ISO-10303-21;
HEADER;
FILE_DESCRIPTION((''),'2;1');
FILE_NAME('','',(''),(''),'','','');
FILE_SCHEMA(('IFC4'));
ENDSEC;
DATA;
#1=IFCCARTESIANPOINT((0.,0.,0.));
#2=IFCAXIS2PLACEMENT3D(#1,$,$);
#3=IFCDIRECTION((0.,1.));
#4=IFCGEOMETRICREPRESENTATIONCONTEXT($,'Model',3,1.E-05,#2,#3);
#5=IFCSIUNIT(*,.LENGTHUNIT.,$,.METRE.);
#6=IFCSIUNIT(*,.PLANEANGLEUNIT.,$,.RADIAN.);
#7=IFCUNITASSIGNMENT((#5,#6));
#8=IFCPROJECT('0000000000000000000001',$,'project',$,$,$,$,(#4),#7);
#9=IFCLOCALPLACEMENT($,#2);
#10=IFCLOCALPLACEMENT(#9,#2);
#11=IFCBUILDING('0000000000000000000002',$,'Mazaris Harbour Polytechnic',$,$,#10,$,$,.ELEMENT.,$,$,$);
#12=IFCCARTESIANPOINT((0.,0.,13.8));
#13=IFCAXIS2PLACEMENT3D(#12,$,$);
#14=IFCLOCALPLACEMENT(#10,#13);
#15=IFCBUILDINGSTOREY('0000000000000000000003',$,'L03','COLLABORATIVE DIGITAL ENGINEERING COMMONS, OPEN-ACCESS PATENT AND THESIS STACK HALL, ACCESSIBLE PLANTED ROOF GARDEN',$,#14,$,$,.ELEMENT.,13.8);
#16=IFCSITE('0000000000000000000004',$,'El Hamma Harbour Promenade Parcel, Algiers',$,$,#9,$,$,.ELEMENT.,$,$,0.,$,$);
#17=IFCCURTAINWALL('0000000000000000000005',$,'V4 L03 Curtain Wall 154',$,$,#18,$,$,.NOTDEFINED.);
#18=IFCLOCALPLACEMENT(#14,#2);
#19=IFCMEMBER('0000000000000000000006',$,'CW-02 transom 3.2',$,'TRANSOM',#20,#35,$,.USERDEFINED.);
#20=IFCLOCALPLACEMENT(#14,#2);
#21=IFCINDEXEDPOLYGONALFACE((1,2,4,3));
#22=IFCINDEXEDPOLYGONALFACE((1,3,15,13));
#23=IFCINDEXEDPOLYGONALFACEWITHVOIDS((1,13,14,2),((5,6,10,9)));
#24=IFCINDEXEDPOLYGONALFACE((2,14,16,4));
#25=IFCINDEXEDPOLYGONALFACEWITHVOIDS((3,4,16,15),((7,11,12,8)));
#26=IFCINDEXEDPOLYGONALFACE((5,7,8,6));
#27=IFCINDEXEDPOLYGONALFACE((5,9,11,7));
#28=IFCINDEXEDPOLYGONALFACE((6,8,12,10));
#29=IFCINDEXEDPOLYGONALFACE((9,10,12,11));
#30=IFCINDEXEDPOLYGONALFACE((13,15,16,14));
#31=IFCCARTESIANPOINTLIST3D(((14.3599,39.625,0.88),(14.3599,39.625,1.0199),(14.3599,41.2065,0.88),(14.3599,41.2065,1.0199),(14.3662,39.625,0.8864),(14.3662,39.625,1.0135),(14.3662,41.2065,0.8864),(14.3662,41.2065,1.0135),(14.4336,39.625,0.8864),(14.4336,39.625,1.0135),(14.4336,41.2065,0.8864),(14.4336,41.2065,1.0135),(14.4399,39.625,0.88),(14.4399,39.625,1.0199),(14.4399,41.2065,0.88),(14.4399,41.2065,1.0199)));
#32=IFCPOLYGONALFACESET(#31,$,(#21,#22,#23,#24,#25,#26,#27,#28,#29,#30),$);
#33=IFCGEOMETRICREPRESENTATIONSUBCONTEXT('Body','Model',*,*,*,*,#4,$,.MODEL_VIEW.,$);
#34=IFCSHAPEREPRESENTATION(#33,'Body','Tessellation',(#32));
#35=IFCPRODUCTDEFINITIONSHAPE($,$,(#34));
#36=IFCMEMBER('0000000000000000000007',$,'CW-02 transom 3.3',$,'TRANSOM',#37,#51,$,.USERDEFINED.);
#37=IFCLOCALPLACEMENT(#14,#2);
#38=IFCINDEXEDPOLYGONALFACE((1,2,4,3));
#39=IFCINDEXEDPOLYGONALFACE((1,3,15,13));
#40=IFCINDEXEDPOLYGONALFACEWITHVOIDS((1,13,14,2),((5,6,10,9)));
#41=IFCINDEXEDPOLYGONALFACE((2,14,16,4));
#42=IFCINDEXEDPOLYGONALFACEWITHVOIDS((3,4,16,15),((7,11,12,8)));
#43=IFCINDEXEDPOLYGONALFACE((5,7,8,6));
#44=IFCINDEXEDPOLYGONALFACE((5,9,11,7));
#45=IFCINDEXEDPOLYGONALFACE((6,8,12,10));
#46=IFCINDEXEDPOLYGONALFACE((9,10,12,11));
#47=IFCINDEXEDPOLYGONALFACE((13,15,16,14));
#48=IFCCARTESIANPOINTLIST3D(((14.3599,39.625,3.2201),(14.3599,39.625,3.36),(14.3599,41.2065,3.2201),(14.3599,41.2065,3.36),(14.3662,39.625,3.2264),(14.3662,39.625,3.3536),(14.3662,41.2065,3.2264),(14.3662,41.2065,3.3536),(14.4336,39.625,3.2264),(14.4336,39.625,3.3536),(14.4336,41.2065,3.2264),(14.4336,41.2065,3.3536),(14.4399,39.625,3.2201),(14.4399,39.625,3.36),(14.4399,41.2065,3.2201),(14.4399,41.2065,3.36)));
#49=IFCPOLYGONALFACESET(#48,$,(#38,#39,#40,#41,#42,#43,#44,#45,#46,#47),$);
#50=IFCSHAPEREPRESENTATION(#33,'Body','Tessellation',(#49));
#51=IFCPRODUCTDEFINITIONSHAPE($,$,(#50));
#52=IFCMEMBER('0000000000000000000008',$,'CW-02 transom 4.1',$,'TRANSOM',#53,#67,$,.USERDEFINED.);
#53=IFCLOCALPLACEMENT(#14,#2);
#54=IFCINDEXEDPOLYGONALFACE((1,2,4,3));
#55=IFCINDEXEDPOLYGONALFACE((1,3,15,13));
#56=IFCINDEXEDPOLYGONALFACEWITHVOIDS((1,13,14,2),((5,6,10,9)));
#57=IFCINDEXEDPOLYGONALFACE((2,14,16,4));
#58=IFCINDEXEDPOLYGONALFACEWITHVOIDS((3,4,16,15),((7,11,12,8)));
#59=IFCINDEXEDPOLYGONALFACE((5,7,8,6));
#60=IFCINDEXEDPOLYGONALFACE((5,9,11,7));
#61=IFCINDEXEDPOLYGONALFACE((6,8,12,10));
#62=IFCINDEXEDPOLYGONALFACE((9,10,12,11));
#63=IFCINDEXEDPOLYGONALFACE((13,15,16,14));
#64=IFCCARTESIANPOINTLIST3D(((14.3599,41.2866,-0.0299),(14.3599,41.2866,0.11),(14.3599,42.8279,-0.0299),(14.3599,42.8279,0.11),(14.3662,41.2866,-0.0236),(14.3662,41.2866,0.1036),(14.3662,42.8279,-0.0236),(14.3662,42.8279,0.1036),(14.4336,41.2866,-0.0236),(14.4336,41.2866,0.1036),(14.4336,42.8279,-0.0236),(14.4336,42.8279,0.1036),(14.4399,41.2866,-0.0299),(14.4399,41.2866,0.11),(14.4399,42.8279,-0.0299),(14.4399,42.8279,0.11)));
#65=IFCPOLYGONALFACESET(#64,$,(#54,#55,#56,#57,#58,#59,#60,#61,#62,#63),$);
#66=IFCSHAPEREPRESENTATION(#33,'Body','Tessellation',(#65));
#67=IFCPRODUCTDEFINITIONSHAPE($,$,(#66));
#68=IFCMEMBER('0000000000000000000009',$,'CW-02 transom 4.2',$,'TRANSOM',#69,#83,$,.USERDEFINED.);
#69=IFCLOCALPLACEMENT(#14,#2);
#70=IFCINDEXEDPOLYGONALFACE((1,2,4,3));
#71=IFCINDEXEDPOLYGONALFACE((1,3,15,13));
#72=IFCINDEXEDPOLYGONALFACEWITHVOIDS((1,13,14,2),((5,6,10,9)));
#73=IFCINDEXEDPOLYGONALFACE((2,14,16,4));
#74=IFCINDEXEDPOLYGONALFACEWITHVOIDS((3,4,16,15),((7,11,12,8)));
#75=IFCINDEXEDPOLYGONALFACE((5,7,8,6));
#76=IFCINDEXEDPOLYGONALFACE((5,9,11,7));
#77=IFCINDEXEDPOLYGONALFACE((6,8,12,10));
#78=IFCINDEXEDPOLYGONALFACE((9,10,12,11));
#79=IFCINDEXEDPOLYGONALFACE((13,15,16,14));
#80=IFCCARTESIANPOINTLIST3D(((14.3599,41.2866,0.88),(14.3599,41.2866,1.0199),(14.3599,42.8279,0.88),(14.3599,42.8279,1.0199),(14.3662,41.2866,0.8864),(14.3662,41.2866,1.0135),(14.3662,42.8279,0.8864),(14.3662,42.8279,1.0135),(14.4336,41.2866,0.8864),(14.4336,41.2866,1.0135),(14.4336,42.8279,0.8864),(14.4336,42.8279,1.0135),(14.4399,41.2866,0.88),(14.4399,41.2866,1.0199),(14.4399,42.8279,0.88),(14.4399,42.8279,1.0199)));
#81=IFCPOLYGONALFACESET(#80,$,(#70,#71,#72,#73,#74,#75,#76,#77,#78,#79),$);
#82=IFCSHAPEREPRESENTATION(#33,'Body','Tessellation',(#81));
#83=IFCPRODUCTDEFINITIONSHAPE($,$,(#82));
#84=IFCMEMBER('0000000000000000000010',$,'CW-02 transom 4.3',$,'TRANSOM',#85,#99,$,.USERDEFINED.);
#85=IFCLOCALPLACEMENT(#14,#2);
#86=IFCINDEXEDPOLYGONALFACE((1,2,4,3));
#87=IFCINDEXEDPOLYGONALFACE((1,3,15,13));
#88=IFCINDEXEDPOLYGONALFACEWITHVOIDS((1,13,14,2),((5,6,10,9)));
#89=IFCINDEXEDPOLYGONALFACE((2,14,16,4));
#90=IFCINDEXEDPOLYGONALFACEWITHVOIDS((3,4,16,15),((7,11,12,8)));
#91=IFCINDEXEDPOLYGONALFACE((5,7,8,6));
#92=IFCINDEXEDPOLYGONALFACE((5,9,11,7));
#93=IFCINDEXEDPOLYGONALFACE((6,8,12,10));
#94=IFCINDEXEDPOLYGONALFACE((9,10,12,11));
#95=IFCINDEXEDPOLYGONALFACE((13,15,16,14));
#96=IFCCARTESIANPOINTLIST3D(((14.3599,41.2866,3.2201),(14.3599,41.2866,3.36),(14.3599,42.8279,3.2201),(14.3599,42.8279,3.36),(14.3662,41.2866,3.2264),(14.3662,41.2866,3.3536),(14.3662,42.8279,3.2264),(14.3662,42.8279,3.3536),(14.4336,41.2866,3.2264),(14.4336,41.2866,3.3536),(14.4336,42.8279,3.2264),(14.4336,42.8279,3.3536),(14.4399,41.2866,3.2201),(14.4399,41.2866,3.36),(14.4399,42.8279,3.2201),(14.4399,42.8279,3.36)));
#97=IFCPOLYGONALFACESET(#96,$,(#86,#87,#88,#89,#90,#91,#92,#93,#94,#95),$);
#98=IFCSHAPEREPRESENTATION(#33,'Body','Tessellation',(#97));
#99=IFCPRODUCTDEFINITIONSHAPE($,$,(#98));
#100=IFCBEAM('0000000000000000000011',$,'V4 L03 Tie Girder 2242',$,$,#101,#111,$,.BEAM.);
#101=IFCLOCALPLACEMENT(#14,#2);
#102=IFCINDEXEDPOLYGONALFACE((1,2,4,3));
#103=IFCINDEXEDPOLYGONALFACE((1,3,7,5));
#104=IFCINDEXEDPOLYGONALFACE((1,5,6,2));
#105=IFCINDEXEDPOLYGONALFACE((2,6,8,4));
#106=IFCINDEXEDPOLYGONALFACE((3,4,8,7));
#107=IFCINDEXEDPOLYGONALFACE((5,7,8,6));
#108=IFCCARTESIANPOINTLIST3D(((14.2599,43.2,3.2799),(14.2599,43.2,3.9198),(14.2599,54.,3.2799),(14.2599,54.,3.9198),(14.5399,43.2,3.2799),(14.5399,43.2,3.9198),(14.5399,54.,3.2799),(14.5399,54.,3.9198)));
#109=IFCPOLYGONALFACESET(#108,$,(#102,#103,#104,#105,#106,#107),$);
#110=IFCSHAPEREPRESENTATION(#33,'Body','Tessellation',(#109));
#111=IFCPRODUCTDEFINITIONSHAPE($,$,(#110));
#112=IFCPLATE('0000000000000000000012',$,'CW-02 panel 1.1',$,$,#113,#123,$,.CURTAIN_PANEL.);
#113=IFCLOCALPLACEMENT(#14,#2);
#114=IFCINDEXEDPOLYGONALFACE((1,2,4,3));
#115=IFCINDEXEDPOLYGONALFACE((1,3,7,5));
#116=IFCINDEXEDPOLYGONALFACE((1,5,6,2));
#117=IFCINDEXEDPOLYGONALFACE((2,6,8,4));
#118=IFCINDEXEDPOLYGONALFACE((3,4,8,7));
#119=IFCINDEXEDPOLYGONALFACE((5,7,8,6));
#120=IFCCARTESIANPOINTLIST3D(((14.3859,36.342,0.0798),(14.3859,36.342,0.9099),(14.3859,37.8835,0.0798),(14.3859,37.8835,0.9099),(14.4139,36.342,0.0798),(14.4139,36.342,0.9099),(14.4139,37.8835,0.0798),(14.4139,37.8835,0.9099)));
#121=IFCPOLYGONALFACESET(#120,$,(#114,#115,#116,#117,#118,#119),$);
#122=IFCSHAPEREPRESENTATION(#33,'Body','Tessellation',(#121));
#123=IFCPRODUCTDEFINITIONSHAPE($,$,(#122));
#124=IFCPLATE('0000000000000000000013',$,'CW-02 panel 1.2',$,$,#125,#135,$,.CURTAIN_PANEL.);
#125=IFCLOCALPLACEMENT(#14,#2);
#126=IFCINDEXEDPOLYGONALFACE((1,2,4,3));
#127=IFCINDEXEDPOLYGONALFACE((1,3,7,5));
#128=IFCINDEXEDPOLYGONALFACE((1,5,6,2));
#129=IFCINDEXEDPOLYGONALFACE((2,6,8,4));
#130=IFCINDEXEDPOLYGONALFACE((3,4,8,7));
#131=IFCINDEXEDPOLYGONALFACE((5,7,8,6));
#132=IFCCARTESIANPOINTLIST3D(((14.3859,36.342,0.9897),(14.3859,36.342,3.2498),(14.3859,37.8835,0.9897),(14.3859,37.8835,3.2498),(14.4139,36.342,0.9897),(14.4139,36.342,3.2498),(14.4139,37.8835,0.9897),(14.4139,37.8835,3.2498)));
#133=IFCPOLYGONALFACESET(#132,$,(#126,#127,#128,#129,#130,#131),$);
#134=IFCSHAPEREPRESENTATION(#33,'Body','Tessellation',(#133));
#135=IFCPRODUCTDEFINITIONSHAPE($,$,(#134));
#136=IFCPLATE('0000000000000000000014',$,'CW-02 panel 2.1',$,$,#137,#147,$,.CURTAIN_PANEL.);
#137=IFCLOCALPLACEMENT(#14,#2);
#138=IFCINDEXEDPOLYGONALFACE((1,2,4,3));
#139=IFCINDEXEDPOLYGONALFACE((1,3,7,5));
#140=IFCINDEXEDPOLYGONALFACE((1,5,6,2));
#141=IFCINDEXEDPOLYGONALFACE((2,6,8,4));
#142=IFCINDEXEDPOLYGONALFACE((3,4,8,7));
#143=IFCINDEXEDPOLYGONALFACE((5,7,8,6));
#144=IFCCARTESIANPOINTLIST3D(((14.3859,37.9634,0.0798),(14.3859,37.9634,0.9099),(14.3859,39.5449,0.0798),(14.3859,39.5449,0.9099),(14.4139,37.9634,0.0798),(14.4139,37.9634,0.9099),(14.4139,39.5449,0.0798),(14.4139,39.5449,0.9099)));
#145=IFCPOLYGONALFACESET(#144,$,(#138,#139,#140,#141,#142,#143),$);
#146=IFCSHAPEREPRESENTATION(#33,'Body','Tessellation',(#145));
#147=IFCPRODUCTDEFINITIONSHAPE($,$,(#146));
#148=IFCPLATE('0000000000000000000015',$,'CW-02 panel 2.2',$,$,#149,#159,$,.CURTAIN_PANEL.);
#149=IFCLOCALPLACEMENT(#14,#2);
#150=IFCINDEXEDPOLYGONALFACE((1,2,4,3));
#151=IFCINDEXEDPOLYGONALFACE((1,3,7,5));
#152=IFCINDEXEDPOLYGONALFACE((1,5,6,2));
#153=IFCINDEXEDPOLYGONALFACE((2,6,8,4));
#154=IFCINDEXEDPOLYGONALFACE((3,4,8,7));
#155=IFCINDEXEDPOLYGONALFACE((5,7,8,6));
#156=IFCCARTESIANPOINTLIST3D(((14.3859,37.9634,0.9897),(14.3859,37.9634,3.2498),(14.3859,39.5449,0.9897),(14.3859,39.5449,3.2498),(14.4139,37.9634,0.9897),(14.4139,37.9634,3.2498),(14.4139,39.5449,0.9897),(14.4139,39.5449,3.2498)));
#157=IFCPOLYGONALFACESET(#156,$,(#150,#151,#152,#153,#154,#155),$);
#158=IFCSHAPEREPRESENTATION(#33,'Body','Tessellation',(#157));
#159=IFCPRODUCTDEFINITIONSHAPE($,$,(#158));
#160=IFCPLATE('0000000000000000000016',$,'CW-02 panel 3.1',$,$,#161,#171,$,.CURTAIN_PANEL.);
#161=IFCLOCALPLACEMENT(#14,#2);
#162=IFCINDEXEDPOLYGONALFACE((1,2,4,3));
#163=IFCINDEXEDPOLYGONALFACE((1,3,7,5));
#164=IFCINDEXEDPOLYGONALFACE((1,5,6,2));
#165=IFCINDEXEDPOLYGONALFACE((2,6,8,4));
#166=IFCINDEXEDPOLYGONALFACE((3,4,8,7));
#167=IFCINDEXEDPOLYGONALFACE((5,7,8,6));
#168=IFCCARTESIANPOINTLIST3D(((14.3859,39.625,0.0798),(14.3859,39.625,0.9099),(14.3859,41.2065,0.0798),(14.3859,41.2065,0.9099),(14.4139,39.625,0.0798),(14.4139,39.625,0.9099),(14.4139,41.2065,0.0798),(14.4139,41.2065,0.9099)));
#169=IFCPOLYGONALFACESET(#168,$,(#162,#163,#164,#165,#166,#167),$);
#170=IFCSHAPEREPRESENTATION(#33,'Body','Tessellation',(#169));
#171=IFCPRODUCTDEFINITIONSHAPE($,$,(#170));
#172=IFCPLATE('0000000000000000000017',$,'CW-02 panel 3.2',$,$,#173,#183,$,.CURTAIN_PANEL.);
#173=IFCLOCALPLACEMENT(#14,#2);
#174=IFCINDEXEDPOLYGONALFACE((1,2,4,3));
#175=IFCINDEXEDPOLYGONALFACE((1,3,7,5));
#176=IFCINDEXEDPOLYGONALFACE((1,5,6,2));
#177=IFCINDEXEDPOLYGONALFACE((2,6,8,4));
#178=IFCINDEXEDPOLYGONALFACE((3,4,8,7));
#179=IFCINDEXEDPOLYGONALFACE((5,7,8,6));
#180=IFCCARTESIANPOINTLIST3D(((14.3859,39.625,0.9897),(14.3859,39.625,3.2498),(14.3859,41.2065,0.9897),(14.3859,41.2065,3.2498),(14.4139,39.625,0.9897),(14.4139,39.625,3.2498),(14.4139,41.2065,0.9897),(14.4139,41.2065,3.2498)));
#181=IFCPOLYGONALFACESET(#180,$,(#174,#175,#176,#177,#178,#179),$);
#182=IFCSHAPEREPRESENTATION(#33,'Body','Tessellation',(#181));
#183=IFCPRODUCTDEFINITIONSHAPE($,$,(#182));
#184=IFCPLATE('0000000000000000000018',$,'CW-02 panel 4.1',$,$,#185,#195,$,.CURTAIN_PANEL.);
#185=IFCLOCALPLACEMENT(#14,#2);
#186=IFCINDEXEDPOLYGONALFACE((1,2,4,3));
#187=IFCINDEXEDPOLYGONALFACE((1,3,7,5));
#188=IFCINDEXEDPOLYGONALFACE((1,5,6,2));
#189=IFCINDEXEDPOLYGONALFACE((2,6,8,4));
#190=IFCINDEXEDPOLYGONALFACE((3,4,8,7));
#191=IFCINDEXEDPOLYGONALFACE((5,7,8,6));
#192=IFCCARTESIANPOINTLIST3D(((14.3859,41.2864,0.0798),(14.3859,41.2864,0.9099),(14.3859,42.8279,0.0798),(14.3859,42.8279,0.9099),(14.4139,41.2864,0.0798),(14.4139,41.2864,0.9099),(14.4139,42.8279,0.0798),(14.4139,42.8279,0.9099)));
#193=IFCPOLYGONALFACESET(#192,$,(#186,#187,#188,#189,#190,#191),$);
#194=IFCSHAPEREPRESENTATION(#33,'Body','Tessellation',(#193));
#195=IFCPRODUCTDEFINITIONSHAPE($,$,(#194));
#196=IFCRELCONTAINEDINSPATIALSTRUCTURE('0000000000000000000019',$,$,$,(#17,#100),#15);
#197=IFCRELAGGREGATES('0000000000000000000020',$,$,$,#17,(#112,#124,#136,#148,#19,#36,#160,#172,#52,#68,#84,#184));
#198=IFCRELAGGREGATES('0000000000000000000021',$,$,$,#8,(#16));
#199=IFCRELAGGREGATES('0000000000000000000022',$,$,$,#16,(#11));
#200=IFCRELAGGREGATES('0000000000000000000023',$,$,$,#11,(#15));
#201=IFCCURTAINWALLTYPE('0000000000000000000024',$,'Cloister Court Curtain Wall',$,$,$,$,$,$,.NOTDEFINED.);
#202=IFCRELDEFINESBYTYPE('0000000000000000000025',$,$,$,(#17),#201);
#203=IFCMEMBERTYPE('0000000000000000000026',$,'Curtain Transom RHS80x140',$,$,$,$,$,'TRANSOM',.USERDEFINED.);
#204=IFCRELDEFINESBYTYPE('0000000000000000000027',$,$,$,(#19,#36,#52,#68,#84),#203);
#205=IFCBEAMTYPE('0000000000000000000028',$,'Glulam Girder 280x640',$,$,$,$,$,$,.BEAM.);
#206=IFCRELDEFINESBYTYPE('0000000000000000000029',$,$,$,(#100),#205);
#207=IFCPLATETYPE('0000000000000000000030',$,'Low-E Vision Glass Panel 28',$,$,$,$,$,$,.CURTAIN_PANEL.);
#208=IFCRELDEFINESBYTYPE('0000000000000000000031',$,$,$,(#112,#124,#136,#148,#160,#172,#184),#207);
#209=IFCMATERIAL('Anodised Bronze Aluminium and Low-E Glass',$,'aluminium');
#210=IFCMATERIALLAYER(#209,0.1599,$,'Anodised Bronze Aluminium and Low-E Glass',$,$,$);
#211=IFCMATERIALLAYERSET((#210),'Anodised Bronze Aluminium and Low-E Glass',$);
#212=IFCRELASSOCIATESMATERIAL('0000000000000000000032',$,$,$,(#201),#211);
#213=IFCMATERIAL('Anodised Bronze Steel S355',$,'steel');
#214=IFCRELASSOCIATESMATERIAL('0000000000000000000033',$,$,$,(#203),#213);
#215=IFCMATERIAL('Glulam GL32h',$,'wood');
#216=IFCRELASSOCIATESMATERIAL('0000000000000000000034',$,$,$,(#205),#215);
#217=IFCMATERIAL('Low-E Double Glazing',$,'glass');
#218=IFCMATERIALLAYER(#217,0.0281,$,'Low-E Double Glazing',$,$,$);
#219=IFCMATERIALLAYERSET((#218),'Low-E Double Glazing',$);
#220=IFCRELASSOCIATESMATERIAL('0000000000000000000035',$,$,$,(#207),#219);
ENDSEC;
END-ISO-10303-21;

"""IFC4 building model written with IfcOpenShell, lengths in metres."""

from ifc_helpers import new_model, si_unit, direction, frame, origin, origin_2d, place, context, subcontext, project, spatial, rectangle, hollow_rectangle, extrude, material, layer, layer_set, material_profile, profile_set, type_object, element, aggregate, save


model = new_model("IFC4")

# Units and contexts
model_context = context("Model", 3, precision=1e-05, world=origin(), true_north=direction((0.0, 1.0)))
body_context = subcontext(model_context, "Body", "Model", "MODEL_VIEW")
ifc_project = project(units=[si_unit("LENGTHUNIT", "METRE"), si_unit("PLANEANGLEUNIT", "RADIAN")], contexts=[model_context])

# Site, building, storey
site_placement = place(None, origin())
site = spatial("IfcSite", under=ifc_project, at=site_placement, Name="El Hamma Harbour Promenade Parcel, Algiers", CompositionType="ELEMENT", RefElevation=0.0)
building_placement = place(site_placement, origin())
building = spatial("IfcBuilding", under=site, at=building_placement, Name="Mazaris Harbour Polytechnic", CompositionType="ELEMENT")
storey_placement = place(building_placement, frame((0.0, 0.0, 13.8)))
storey = spatial("IfcBuildingStorey", under=building, at=storey_placement, Name="L03", Description="COLLABORATIVE DIGITAL ENGINEERING COMMONS, OPEN-ACCESS PATENT AND THESIS STACK HALL, ACCESSIBLE PLANTED ROOF GARDEN", CompositionType="ELEMENT", Elevation=13.8)

# Curtain wall, members
ifc_material_1 = material(Name="Anodised Bronze Aluminium and Low-E Glass", Category="aluminium")
ifc_layer_1 = layer(ifc_material_1, 0.1599, Name="Anodised Bronze Aluminium and Low-E Glass")
ifc_layer_set_1 = layer_set([ifc_layer_1], Name="Anodised Bronze Aluminium and Low-E Glass")
curtain_wall_type = type_object("IfcCurtainWallType", Name="Cloister Court Curtain Wall", PredefinedType="NOTDEFINED", material=ifc_layer_set_1)
curtain_wall_placement = place(storey_placement, origin())
curtain_wall = element("IfcCurtainWall", 1, at=curtain_wall_placement, inside=storey, type_object=curtain_wall_type, Name="V4 L03 Curtain Wall 154", PredefinedType="NOTDEFINED")
ifc_material_2 = material(Name="Anodised Bronze Steel S355", Category="steel")
ifc_material_profile_1 = material_profile(ifc_material_2, hollow_rectangle(XDim=0.0801, YDim=0.1399, WallThickness=0.0063, at=origin_2d()), Name="RHS 80x140x6.3")
ifc_profile_set_1 = profile_set([ifc_material_profile_1], Name="Anodised Bronze Steel S355")
member_type_1 = type_object("IfcMemberType", Name="Curtain Transom RHS80x140", ElementType="TRANSOM", PredefinedType="USERDEFINED", material=ifc_profile_set_1)
member_1_placement = place(storey_placement, frame((14.3999, 39.625, 0.95), z_axis=(0.0, 1.0, 0.0), x_axis=(-1.0, 0.0, 0.0)))
member_1 = element("IfcMember", 2, at=member_1_placement, type_object=member_type_1, Name="CW-02 transom 3.2", ObjectType="TRANSOM", PredefinedType="USERDEFINED", context=body_context, shape_type="SweptSolid", body=[
    extrude(hollow_rectangle(XDim=0.0801, YDim=0.1399, WallThickness=0.0063, at=origin_2d()), origin(), (0.0, 0.0, 1.0), 1.5815),
])
member_2_placement = place(storey_placement, frame((14.3999, 39.625, 3.29), z_axis=(0.0, 1.0, 0.0), x_axis=(-1.0, 0.0, 0.0)))
member_2 = element("IfcMember", 3, at=member_2_placement, type_object=member_type_1, Name="CW-02 transom 3.3", ObjectType="TRANSOM", PredefinedType="USERDEFINED", context=body_context, shape_type="SweptSolid", body=[
    extrude(hollow_rectangle(XDim=0.0801, YDim=0.1399, WallThickness=0.0063, at=origin_2d()), origin(), (0.0, 0.0, 1.0), 1.5815),
])
member_3_placement = place(storey_placement, frame((14.3999, 41.2866, 0.04), z_axis=(0.0, 1.0, 0.0), x_axis=(-1.0, 0.0, 0.0)))
member_3 = element("IfcMember", 4, at=member_3_placement, type_object=member_type_1, Name="CW-02 transom 4.1", ObjectType="TRANSOM", PredefinedType="USERDEFINED", context=body_context, shape_type="SweptSolid", body=[
    extrude(hollow_rectangle(XDim=0.0801, YDim=0.1399, WallThickness=0.0063, at=origin_2d()), origin(), (0.0, 0.0, 1.0), 1.5413),
])
member_4_placement = place(storey_placement, frame((14.3999, 41.2866, 0.95), z_axis=(0.0, 1.0, 0.0), x_axis=(-1.0, 0.0, 0.0)))
member_4 = element("IfcMember", 5, at=member_4_placement, type_object=member_type_1, Name="CW-02 transom 4.2", ObjectType="TRANSOM", PredefinedType="USERDEFINED", context=body_context, shape_type="SweptSolid", body=[
    extrude(hollow_rectangle(XDim=0.0801, YDim=0.1399, WallThickness=0.0063, at=origin_2d()), origin(), (0.0, 0.0, 1.0), 1.5413),
])
member_5_placement = place(storey_placement, frame((14.3999, 41.2866, 3.29), z_axis=(0.0, 1.0, 0.0), x_axis=(-1.0, 0.0, 0.0)))
member_5 = element("IfcMember", 6, at=member_5_placement, type_object=member_type_1, Name="CW-02 transom 4.3", ObjectType="TRANSOM", PredefinedType="USERDEFINED", context=body_context, shape_type="SweptSolid", body=[
    extrude(hollow_rectangle(XDim=0.0801, YDim=0.1399, WallThickness=0.0063, at=origin_2d()), origin(), (0.0, 0.0, 1.0), 1.5413),
])

# Beam
ifc_material_3 = material(Name="Glulam GL32h", Category="wood")
ifc_material_profile_2 = material_profile(ifc_material_3, rectangle(XDim=0.28, YDim=0.6399, at=origin_2d()), Name="RECT280x640")
ifc_profile_set_2 = profile_set([ifc_material_profile_2], Name="Glulam GL32h")
beam_type = type_object("IfcBeamType", Name="Glulam Girder 280x640", PredefinedType="BEAM", material=ifc_profile_set_2)
beam_placement = place(storey_placement, frame((14.3999, 43.2, 3.5999), z_axis=(0.0, 1.0, 0.0), x_axis=(-1.0, 0.0, 0.0)))
element("IfcBeam", 7, at=beam_placement, inside=storey, type_object=beam_type, Name="V4 L03 Tie Girder 2242", PredefinedType="BEAM", context=body_context, shape_type="SweptSolid", body=[
    extrude(rectangle(XDim=0.28, YDim=0.6399, at=origin_2d()), origin(), (0.0, 0.0, 1.0), 10.8),
])

# Plates
ifc_material_4 = material(Name="Low-E Double Glazing", Category="glass")
ifc_layer_2 = layer(ifc_material_4, 0.0281, Name="Low-E Double Glazing")
ifc_layer_set_2 = layer_set([ifc_layer_2], Name="Low-E Double Glazing")
plate_type = type_object("IfcPlateType", Name="Low-E Vision Glass Panel 28", PredefinedType="CURTAIN_PANEL", material=ifc_layer_set_2)
plate_1_placement = place(storey_placement, frame((14.3999, 37.1128, 0.0798), z_axis=(0.0, 0.0, 1.0), x_axis=(0.0, 1.0, 0.0)))
plate_1 = element("IfcPlate", 8, at=plate_1_placement, type_object=plate_type, Name="CW-02 panel 1.1", PredefinedType="CURTAIN_PANEL", context=body_context, shape_type="SweptSolid", body=[
    extrude(rectangle(XDim=1.5415, YDim=0.0281, at=origin_2d()), origin(), (0.0, 0.0, 1.0), 0.8301),
])
plate_2_placement = place(storey_placement, frame((14.3999, 37.1128, 0.9897), z_axis=(0.0, 0.0, 1.0), x_axis=(0.0, 1.0, 0.0)))
plate_2 = element("IfcPlate", 9, at=plate_2_placement, type_object=plate_type, Name="CW-02 panel 1.2", PredefinedType="CURTAIN_PANEL", context=body_context, shape_type="SweptSolid", body=[
    extrude(rectangle(XDim=1.5415, YDim=0.0281, at=origin_2d()), origin(), (0.0, 0.0, 1.0), 2.26),
])
plate_3_placement = place(storey_placement, frame((14.3999, 38.7542, 0.0798), z_axis=(0.0, 0.0, 1.0), x_axis=(0.0, 1.0, 0.0)))
plate_3 = element("IfcPlate", 10, at=plate_3_placement, type_object=plate_type, Name="CW-02 panel 2.1", PredefinedType="CURTAIN_PANEL", context=body_context, shape_type="SweptSolid", body=[
    extrude(rectangle(XDim=1.5815, YDim=0.0281, at=origin_2d()), origin(), (0.0, 0.0, 1.0), 0.8301),
])
plate_4_placement = place(storey_placement, frame((14.3999, 38.7542, 0.9897), z_axis=(0.0, 0.0, 1.0), x_axis=(0.0, 1.0, 0.0)))
plate_4 = element("IfcPlate", 11, at=plate_4_placement, type_object=plate_type, Name="CW-02 panel 2.2", PredefinedType="CURTAIN_PANEL", context=body_context, shape_type="SweptSolid", body=[
    extrude(rectangle(XDim=1.5815, YDim=0.0281, at=origin_2d()), origin(), (0.0, 0.0, 1.0), 2.26),
])
plate_5_placement = place(storey_placement, frame((14.3999, 40.4158, 0.0798), z_axis=(0.0, 0.0, 1.0), x_axis=(0.0, 1.0, 0.0)))
plate_5 = element("IfcPlate", 12, at=plate_5_placement, type_object=plate_type, Name="CW-02 panel 3.1", PredefinedType="CURTAIN_PANEL", context=body_context, shape_type="SweptSolid", body=[
    extrude(rectangle(XDim=1.5815, YDim=0.0281, at=origin_2d()), origin(), (0.0, 0.0, 1.0), 0.8301),
])
plate_6_placement = place(storey_placement, frame((14.3999, 40.4158, 0.9897), z_axis=(0.0, 0.0, 1.0), x_axis=(0.0, 1.0, 0.0)))
plate_6 = element("IfcPlate", 13, at=plate_6_placement, type_object=plate_type, Name="CW-02 panel 3.2", PredefinedType="CURTAIN_PANEL", context=body_context, shape_type="SweptSolid", body=[
    extrude(rectangle(XDim=1.5815, YDim=0.0281, at=origin_2d()), origin(), (0.0, 0.0, 1.0), 2.26),
])
plate_7_placement = place(storey_placement, frame((14.3999, 42.0571, 0.0798), z_axis=(0.0, 0.0, 1.0), x_axis=(0.0, 1.0, 0.0)))
plate_7 = element("IfcPlate", 14, at=plate_7_placement, type_object=plate_type, Name="CW-02 panel 4.1", PredefinedType="CURTAIN_PANEL", context=body_context, shape_type="SweptSolid", body=[
    extrude(rectangle(XDim=1.5415, YDim=0.0281, at=origin_2d()), origin(), (0.0, 0.0, 1.0), 0.8301),
])
aggregate(curtain_wall, [plate_1, plate_2, plate_3, plate_4, member_1, member_2, plate_5, plate_6, member_3, member_4, member_5, plate_7])

save(model, "model.ifc")
